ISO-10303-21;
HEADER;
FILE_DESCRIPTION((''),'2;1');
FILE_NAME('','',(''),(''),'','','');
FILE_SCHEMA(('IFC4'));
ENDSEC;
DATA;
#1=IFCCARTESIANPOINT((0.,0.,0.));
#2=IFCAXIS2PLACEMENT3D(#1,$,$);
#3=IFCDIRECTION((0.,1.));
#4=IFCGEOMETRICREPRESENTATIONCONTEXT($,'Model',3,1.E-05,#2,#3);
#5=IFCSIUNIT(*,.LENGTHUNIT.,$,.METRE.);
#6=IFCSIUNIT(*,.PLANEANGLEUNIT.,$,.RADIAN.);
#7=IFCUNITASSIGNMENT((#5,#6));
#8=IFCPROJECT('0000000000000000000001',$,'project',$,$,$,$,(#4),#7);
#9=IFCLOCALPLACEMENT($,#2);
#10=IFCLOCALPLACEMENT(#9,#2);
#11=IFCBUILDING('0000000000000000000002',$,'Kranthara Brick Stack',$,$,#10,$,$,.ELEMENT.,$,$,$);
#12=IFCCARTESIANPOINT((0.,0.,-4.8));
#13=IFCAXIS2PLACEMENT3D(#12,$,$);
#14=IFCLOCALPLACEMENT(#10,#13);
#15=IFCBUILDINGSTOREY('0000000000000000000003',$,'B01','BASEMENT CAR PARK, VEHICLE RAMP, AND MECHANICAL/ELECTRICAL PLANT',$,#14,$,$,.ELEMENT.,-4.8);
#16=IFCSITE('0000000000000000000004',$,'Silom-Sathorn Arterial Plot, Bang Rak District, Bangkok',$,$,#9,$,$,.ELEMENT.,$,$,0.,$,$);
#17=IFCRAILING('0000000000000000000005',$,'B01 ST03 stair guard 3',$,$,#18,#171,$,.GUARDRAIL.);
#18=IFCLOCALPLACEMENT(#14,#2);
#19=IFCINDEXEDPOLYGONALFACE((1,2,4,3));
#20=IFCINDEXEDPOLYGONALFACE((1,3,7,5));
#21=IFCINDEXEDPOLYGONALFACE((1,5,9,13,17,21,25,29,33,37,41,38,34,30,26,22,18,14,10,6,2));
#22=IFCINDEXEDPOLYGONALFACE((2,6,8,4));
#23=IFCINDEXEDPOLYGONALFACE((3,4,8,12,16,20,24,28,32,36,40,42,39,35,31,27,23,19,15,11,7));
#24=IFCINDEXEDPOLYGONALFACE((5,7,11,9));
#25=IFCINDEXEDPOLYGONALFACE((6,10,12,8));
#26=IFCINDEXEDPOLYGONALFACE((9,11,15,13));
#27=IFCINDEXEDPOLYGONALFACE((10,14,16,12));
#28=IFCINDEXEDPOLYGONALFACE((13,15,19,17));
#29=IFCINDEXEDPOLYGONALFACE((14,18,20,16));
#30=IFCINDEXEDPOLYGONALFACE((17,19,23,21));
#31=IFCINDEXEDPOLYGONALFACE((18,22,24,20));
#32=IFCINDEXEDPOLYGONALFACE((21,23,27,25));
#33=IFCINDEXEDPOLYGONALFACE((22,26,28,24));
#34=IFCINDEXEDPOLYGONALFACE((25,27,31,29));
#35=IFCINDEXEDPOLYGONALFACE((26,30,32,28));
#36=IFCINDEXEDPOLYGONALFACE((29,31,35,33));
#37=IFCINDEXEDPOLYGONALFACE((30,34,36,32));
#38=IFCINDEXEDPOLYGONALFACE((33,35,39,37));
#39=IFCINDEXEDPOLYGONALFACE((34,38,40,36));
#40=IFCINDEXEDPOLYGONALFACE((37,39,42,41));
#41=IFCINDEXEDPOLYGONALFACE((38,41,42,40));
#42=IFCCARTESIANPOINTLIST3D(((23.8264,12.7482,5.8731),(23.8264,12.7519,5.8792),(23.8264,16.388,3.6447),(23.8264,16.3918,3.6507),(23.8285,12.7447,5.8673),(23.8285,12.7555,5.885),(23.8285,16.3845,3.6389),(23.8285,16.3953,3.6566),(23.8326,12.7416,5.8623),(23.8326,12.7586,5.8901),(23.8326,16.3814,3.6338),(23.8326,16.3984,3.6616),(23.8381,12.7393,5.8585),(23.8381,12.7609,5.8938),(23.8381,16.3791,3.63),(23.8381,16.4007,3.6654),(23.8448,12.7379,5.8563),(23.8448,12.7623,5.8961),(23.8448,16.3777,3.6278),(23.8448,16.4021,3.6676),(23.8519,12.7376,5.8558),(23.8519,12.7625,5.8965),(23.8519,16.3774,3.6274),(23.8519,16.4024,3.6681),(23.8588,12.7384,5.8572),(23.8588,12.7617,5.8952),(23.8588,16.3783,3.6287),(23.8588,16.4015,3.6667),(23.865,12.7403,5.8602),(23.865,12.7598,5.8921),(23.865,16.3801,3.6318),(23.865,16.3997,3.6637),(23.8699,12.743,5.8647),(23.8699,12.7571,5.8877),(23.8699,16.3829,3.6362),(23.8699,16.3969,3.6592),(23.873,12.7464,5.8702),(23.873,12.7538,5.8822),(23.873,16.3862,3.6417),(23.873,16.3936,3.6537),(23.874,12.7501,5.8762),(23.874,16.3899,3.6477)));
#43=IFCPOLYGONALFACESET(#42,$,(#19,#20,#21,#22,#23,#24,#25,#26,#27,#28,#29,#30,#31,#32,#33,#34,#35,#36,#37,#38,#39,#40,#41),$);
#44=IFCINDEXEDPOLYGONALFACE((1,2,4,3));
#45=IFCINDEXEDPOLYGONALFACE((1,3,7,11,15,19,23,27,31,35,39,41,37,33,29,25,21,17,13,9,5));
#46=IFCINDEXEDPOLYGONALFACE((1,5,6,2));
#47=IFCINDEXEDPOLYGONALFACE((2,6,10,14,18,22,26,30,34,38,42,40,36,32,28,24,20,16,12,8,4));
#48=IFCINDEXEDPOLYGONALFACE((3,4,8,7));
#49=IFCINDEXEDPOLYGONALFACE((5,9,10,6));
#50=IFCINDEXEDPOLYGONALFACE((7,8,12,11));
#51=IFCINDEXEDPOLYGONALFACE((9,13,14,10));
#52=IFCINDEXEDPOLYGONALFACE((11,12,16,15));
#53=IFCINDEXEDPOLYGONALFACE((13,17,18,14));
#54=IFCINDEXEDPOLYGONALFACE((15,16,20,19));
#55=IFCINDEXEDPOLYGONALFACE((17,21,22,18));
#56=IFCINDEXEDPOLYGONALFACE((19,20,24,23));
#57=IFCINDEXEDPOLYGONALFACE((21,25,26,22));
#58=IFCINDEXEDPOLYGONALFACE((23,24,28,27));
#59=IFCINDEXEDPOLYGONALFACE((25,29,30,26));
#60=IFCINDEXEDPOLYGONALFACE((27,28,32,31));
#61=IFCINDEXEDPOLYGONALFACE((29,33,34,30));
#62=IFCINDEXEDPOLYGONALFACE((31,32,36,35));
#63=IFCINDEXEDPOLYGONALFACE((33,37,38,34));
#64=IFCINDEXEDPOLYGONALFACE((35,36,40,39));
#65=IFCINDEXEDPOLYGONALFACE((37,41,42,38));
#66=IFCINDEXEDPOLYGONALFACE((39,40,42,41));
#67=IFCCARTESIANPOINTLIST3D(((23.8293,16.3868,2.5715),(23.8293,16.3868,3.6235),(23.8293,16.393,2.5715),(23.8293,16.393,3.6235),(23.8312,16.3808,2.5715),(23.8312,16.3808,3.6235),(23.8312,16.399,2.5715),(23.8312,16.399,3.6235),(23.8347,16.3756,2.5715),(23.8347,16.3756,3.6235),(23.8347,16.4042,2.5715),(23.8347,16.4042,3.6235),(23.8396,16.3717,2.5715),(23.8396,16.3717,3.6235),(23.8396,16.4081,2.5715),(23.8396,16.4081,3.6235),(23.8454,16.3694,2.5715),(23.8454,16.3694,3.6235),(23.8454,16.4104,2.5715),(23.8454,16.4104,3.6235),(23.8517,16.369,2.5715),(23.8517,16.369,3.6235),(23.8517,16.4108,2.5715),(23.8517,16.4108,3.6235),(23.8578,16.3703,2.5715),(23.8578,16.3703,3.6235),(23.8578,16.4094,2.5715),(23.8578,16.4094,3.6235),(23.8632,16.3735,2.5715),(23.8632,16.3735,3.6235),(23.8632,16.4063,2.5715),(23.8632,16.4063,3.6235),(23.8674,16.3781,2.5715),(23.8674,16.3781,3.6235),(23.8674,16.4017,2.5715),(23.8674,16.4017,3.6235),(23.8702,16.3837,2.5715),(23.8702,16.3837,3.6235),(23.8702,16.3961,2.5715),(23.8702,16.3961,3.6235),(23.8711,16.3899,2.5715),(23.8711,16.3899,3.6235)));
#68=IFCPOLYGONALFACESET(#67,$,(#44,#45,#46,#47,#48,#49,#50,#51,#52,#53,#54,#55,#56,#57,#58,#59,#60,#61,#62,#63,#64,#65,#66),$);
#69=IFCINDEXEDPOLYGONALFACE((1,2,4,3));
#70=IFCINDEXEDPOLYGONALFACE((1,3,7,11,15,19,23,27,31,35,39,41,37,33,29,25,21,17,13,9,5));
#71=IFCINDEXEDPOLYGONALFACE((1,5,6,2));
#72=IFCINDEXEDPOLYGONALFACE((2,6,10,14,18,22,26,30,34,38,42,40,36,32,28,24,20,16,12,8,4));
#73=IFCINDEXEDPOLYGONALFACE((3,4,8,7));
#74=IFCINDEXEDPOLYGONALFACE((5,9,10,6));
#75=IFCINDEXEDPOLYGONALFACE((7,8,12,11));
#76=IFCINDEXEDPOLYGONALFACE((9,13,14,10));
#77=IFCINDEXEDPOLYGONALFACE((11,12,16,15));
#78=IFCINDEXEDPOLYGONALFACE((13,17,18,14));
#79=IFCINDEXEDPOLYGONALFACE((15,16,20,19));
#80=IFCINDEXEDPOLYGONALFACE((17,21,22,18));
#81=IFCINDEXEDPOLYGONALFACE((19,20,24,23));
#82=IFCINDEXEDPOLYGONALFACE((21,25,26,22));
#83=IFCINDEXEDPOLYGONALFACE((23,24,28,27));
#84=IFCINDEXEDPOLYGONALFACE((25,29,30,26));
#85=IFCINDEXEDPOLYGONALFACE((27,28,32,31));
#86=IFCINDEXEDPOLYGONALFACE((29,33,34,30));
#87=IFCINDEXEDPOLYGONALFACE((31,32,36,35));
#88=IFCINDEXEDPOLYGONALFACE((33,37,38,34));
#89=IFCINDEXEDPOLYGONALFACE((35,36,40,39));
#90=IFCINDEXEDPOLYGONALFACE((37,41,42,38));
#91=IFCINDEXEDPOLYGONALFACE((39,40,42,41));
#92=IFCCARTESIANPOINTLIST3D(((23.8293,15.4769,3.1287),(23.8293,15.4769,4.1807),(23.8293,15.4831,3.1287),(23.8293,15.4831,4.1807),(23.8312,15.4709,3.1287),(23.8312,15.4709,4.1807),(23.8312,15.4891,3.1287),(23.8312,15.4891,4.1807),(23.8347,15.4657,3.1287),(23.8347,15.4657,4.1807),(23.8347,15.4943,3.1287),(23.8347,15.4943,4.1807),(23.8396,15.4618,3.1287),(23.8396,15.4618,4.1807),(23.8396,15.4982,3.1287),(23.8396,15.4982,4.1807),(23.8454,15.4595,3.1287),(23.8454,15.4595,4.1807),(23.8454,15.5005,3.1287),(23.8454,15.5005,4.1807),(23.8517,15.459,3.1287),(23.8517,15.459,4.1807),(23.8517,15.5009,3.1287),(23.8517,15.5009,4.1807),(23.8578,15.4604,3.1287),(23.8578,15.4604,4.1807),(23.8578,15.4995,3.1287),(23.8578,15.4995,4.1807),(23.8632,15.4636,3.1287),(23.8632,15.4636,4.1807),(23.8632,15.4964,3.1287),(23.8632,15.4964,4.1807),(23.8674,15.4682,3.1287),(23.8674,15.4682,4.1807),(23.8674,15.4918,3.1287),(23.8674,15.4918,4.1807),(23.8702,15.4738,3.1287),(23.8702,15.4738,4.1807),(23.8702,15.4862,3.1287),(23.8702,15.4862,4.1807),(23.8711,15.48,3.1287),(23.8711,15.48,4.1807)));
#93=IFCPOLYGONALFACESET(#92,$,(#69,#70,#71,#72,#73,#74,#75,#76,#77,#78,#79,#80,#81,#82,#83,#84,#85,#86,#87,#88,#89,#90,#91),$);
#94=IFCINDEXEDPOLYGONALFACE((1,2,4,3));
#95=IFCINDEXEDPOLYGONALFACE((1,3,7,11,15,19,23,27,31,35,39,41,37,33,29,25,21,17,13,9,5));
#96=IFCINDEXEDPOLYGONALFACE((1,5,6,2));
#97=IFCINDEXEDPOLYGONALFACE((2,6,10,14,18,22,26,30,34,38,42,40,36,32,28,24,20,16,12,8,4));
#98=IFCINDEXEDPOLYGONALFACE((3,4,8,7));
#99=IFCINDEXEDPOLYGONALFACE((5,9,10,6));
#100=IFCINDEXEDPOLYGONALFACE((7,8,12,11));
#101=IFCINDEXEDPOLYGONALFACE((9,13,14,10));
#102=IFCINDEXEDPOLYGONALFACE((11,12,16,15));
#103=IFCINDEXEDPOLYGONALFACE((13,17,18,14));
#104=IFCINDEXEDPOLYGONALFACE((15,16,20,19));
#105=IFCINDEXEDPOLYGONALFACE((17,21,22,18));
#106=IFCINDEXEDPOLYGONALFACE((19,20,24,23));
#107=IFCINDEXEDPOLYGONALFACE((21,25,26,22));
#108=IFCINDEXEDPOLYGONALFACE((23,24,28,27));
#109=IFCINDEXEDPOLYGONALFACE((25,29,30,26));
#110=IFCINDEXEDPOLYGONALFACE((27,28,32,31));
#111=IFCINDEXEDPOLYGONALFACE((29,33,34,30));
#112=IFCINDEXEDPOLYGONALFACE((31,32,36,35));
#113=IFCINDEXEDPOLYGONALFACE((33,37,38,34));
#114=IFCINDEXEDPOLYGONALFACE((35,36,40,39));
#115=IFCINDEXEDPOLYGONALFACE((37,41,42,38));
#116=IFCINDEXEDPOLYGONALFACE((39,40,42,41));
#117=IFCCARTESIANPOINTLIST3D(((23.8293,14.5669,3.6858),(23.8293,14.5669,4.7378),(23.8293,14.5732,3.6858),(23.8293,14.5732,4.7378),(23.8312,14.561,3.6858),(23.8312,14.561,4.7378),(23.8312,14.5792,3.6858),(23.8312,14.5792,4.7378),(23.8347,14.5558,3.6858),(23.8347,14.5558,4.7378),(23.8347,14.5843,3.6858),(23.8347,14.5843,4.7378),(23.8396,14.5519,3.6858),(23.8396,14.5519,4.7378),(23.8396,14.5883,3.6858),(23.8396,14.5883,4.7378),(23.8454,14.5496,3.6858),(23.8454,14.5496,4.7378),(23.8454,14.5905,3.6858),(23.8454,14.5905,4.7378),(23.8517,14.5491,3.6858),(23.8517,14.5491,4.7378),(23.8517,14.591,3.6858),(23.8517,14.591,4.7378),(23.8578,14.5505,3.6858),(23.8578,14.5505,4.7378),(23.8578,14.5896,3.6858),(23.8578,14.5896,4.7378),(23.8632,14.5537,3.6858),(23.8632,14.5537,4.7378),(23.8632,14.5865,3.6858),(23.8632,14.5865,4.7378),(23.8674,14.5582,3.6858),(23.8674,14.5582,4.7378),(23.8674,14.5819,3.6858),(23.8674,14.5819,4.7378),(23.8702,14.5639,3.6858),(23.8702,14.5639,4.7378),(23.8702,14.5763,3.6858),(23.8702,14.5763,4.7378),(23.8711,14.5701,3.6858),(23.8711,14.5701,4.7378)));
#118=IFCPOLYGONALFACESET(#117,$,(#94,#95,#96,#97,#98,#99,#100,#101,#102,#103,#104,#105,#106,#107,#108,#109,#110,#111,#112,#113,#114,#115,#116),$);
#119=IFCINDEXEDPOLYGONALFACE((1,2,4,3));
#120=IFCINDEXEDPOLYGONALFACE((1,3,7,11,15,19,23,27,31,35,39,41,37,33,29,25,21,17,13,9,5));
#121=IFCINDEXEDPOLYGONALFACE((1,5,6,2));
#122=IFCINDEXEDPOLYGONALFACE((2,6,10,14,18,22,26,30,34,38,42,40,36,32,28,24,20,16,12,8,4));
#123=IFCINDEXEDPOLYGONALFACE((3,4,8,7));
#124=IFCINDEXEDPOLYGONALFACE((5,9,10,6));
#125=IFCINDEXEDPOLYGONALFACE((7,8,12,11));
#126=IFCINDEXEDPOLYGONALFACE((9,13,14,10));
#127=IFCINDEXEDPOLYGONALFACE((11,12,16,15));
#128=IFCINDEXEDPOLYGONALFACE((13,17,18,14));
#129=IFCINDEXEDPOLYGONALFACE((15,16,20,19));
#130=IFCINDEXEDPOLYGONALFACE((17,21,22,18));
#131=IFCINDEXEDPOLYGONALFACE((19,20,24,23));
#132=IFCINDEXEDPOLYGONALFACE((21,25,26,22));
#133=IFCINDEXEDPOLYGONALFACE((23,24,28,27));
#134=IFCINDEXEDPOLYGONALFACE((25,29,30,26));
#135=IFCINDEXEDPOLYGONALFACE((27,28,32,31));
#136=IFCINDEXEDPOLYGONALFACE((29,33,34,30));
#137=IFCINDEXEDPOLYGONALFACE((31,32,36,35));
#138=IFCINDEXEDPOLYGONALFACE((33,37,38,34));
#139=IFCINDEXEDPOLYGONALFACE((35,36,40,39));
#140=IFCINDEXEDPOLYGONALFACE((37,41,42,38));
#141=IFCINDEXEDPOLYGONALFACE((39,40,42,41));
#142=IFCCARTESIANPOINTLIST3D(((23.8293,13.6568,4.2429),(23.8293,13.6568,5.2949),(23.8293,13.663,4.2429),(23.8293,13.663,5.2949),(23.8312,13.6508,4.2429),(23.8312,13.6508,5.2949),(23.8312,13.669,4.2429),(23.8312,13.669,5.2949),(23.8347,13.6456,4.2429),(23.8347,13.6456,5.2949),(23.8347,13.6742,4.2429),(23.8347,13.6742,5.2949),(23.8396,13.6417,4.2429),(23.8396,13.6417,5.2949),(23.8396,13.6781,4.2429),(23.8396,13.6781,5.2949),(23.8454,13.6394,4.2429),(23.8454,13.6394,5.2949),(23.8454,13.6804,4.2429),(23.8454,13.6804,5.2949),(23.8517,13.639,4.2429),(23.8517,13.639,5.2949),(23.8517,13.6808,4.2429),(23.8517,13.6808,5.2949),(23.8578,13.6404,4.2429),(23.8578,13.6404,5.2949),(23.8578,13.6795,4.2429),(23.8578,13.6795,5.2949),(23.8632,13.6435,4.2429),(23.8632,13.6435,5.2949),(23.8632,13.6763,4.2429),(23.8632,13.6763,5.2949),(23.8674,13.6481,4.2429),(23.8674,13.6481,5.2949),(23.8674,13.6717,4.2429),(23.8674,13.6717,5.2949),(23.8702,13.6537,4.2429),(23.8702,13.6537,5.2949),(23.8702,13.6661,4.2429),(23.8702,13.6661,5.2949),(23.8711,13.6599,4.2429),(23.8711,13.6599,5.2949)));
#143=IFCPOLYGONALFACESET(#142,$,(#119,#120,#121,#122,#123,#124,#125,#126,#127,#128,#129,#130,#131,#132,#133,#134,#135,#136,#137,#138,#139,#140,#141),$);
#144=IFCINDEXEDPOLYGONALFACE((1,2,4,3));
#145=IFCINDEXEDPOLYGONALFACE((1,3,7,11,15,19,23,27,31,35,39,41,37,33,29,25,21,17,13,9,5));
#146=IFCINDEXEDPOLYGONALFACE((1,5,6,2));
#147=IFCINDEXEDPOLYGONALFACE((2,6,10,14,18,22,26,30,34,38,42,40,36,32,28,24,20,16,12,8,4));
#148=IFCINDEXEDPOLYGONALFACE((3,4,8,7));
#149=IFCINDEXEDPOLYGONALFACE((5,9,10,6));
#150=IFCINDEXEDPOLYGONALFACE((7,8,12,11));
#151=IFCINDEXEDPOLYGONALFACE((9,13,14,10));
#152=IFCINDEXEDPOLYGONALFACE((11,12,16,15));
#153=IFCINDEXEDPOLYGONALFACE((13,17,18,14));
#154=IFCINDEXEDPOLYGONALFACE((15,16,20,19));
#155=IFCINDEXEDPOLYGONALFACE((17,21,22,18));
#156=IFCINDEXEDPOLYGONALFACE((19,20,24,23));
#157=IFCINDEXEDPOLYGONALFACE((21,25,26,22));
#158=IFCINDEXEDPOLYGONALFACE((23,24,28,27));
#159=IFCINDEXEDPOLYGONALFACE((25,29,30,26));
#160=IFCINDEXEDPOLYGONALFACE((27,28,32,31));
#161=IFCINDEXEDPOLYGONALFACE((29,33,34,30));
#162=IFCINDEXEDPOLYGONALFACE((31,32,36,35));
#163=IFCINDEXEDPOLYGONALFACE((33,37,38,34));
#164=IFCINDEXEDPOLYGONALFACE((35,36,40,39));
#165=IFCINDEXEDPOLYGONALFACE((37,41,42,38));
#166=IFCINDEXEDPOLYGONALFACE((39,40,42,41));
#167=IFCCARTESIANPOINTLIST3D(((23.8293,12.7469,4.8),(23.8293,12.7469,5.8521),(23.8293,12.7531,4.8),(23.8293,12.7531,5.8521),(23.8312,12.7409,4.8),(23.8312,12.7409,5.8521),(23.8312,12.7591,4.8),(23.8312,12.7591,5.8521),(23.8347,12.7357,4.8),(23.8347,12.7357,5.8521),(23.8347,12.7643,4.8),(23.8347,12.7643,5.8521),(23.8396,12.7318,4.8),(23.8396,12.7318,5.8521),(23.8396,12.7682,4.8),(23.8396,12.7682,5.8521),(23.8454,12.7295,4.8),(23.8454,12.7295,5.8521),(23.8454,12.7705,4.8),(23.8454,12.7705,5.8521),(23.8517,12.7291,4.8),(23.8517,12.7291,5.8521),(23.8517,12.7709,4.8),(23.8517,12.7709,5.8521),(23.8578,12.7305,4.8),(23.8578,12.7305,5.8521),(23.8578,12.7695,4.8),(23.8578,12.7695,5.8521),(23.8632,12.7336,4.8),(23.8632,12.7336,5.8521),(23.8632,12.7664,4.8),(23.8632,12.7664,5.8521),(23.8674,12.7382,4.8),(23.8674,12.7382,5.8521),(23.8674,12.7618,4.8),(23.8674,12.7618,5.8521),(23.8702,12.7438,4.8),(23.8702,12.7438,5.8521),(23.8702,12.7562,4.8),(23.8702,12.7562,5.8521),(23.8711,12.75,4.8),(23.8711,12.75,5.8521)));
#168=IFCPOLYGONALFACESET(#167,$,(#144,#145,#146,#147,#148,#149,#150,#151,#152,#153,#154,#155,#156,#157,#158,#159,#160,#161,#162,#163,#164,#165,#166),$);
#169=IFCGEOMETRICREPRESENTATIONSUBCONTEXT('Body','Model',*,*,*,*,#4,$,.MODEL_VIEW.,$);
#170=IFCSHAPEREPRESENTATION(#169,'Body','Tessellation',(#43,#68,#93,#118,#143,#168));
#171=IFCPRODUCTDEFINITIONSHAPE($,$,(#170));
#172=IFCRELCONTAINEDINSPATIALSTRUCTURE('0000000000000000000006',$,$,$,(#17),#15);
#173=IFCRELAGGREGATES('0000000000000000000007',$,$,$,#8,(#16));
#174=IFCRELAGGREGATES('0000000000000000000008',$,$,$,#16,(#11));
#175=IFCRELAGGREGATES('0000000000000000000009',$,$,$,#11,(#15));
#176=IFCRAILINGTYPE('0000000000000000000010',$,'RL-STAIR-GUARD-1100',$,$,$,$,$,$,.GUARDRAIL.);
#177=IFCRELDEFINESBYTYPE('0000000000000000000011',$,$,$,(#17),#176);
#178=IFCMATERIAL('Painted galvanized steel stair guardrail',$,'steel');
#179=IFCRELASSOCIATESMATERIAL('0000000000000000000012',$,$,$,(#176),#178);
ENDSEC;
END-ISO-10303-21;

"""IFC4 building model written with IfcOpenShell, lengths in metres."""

from ifc_helpers import new_model, si_unit, direction, frame, origin, origin_2d, place, context, subcontext, project, spatial, circle, extrude, material, type_object, element, save


model = new_model("IFC4")

# Units and contexts
model_context = context("Model", 3, precision=1e-05, world=origin(), true_north=direction((0.0, 1.0)))
body_context = subcontext(model_context, "Body", "Model", "MODEL_VIEW")
ifc_project = project(units=[si_unit("LENGTHUNIT", "METRE"), si_unit("PLANEANGLEUNIT", "RADIAN")], contexts=[model_context])

# Site, building, storey
site_placement = place(None, origin())
site = spatial("IfcSite", under=ifc_project, at=site_placement, Name="Silom-Sathorn Arterial Plot, Bang Rak District, Bangkok", CompositionType="ELEMENT", RefElevation=0.0)
building_placement = place(site_placement, origin())
building = spatial("IfcBuilding", under=site, at=building_placement, Name="Kranthara Brick Stack", CompositionType="ELEMENT")
storey_placement = place(building_placement, frame((0.0, 0.0, -4.8)))
storey = spatial("IfcBuildingStorey", under=building, at=storey_placement, Name="B01", Description="BASEMENT CAR PARK, VEHICLE RAMP, AND MECHANICAL/ELECTRICAL PLANT", CompositionType="ELEMENT", Elevation=-4.8)

# Railing
ifc_material_1 = material(Name="Painted galvanized steel stair guardrail", Category="steel")
railing_type_1 = type_object("IfcRailingType", Name="RL-STAIR-GUARD-1100", PredefinedType="GUARDRAIL", material=ifc_material_1)
railing_1_placement = place(storey_placement, frame((23.8501, 16.3899, 2.5715)))
element("IfcRailing", 1, at=railing_1_placement, inside=storey, type_object=railing_type_1, Name="B01 ST03 stair guard 3", PredefinedType="GUARDRAIL", context=body_context, shape_type="SweptSolid", body=[
    extrude(circle(Radius=0.0239, at=origin_2d()), frame((0.0, 0.0, 1.0762), z_axis=(0.0, -0.85285, 0.522156), x_axis=(1.0, 0.0, 0.0)), (0.0, 0.0, 1.0), 4.2678),
    extrude(circle(Radius=0.021, at=origin_2d()), origin(), (0.0, 0.0, 1.0), 1.052),
    extrude(circle(Radius=0.021, at=origin_2d()), frame((0.0, -0.9099, 0.5571)), (0.0, 0.0, 1.0), 1.052),
    extrude(circle(Radius=0.021, at=origin_2d()), frame((0.0, -1.8198, 1.1143)), (0.0, 0.0, 1.0), 1.052),
    extrude(circle(Radius=0.021, at=origin_2d()), frame((0.0, -2.73, 1.6714)), (0.0, 0.0, 1.0), 1.052),
    extrude(circle(Radius=0.021, at=origin_2d()), frame((0.0, -3.6399, 2.2285)), (0.0, 0.0, 1.0), 1.052),
])

save(model, "model.ifc")
